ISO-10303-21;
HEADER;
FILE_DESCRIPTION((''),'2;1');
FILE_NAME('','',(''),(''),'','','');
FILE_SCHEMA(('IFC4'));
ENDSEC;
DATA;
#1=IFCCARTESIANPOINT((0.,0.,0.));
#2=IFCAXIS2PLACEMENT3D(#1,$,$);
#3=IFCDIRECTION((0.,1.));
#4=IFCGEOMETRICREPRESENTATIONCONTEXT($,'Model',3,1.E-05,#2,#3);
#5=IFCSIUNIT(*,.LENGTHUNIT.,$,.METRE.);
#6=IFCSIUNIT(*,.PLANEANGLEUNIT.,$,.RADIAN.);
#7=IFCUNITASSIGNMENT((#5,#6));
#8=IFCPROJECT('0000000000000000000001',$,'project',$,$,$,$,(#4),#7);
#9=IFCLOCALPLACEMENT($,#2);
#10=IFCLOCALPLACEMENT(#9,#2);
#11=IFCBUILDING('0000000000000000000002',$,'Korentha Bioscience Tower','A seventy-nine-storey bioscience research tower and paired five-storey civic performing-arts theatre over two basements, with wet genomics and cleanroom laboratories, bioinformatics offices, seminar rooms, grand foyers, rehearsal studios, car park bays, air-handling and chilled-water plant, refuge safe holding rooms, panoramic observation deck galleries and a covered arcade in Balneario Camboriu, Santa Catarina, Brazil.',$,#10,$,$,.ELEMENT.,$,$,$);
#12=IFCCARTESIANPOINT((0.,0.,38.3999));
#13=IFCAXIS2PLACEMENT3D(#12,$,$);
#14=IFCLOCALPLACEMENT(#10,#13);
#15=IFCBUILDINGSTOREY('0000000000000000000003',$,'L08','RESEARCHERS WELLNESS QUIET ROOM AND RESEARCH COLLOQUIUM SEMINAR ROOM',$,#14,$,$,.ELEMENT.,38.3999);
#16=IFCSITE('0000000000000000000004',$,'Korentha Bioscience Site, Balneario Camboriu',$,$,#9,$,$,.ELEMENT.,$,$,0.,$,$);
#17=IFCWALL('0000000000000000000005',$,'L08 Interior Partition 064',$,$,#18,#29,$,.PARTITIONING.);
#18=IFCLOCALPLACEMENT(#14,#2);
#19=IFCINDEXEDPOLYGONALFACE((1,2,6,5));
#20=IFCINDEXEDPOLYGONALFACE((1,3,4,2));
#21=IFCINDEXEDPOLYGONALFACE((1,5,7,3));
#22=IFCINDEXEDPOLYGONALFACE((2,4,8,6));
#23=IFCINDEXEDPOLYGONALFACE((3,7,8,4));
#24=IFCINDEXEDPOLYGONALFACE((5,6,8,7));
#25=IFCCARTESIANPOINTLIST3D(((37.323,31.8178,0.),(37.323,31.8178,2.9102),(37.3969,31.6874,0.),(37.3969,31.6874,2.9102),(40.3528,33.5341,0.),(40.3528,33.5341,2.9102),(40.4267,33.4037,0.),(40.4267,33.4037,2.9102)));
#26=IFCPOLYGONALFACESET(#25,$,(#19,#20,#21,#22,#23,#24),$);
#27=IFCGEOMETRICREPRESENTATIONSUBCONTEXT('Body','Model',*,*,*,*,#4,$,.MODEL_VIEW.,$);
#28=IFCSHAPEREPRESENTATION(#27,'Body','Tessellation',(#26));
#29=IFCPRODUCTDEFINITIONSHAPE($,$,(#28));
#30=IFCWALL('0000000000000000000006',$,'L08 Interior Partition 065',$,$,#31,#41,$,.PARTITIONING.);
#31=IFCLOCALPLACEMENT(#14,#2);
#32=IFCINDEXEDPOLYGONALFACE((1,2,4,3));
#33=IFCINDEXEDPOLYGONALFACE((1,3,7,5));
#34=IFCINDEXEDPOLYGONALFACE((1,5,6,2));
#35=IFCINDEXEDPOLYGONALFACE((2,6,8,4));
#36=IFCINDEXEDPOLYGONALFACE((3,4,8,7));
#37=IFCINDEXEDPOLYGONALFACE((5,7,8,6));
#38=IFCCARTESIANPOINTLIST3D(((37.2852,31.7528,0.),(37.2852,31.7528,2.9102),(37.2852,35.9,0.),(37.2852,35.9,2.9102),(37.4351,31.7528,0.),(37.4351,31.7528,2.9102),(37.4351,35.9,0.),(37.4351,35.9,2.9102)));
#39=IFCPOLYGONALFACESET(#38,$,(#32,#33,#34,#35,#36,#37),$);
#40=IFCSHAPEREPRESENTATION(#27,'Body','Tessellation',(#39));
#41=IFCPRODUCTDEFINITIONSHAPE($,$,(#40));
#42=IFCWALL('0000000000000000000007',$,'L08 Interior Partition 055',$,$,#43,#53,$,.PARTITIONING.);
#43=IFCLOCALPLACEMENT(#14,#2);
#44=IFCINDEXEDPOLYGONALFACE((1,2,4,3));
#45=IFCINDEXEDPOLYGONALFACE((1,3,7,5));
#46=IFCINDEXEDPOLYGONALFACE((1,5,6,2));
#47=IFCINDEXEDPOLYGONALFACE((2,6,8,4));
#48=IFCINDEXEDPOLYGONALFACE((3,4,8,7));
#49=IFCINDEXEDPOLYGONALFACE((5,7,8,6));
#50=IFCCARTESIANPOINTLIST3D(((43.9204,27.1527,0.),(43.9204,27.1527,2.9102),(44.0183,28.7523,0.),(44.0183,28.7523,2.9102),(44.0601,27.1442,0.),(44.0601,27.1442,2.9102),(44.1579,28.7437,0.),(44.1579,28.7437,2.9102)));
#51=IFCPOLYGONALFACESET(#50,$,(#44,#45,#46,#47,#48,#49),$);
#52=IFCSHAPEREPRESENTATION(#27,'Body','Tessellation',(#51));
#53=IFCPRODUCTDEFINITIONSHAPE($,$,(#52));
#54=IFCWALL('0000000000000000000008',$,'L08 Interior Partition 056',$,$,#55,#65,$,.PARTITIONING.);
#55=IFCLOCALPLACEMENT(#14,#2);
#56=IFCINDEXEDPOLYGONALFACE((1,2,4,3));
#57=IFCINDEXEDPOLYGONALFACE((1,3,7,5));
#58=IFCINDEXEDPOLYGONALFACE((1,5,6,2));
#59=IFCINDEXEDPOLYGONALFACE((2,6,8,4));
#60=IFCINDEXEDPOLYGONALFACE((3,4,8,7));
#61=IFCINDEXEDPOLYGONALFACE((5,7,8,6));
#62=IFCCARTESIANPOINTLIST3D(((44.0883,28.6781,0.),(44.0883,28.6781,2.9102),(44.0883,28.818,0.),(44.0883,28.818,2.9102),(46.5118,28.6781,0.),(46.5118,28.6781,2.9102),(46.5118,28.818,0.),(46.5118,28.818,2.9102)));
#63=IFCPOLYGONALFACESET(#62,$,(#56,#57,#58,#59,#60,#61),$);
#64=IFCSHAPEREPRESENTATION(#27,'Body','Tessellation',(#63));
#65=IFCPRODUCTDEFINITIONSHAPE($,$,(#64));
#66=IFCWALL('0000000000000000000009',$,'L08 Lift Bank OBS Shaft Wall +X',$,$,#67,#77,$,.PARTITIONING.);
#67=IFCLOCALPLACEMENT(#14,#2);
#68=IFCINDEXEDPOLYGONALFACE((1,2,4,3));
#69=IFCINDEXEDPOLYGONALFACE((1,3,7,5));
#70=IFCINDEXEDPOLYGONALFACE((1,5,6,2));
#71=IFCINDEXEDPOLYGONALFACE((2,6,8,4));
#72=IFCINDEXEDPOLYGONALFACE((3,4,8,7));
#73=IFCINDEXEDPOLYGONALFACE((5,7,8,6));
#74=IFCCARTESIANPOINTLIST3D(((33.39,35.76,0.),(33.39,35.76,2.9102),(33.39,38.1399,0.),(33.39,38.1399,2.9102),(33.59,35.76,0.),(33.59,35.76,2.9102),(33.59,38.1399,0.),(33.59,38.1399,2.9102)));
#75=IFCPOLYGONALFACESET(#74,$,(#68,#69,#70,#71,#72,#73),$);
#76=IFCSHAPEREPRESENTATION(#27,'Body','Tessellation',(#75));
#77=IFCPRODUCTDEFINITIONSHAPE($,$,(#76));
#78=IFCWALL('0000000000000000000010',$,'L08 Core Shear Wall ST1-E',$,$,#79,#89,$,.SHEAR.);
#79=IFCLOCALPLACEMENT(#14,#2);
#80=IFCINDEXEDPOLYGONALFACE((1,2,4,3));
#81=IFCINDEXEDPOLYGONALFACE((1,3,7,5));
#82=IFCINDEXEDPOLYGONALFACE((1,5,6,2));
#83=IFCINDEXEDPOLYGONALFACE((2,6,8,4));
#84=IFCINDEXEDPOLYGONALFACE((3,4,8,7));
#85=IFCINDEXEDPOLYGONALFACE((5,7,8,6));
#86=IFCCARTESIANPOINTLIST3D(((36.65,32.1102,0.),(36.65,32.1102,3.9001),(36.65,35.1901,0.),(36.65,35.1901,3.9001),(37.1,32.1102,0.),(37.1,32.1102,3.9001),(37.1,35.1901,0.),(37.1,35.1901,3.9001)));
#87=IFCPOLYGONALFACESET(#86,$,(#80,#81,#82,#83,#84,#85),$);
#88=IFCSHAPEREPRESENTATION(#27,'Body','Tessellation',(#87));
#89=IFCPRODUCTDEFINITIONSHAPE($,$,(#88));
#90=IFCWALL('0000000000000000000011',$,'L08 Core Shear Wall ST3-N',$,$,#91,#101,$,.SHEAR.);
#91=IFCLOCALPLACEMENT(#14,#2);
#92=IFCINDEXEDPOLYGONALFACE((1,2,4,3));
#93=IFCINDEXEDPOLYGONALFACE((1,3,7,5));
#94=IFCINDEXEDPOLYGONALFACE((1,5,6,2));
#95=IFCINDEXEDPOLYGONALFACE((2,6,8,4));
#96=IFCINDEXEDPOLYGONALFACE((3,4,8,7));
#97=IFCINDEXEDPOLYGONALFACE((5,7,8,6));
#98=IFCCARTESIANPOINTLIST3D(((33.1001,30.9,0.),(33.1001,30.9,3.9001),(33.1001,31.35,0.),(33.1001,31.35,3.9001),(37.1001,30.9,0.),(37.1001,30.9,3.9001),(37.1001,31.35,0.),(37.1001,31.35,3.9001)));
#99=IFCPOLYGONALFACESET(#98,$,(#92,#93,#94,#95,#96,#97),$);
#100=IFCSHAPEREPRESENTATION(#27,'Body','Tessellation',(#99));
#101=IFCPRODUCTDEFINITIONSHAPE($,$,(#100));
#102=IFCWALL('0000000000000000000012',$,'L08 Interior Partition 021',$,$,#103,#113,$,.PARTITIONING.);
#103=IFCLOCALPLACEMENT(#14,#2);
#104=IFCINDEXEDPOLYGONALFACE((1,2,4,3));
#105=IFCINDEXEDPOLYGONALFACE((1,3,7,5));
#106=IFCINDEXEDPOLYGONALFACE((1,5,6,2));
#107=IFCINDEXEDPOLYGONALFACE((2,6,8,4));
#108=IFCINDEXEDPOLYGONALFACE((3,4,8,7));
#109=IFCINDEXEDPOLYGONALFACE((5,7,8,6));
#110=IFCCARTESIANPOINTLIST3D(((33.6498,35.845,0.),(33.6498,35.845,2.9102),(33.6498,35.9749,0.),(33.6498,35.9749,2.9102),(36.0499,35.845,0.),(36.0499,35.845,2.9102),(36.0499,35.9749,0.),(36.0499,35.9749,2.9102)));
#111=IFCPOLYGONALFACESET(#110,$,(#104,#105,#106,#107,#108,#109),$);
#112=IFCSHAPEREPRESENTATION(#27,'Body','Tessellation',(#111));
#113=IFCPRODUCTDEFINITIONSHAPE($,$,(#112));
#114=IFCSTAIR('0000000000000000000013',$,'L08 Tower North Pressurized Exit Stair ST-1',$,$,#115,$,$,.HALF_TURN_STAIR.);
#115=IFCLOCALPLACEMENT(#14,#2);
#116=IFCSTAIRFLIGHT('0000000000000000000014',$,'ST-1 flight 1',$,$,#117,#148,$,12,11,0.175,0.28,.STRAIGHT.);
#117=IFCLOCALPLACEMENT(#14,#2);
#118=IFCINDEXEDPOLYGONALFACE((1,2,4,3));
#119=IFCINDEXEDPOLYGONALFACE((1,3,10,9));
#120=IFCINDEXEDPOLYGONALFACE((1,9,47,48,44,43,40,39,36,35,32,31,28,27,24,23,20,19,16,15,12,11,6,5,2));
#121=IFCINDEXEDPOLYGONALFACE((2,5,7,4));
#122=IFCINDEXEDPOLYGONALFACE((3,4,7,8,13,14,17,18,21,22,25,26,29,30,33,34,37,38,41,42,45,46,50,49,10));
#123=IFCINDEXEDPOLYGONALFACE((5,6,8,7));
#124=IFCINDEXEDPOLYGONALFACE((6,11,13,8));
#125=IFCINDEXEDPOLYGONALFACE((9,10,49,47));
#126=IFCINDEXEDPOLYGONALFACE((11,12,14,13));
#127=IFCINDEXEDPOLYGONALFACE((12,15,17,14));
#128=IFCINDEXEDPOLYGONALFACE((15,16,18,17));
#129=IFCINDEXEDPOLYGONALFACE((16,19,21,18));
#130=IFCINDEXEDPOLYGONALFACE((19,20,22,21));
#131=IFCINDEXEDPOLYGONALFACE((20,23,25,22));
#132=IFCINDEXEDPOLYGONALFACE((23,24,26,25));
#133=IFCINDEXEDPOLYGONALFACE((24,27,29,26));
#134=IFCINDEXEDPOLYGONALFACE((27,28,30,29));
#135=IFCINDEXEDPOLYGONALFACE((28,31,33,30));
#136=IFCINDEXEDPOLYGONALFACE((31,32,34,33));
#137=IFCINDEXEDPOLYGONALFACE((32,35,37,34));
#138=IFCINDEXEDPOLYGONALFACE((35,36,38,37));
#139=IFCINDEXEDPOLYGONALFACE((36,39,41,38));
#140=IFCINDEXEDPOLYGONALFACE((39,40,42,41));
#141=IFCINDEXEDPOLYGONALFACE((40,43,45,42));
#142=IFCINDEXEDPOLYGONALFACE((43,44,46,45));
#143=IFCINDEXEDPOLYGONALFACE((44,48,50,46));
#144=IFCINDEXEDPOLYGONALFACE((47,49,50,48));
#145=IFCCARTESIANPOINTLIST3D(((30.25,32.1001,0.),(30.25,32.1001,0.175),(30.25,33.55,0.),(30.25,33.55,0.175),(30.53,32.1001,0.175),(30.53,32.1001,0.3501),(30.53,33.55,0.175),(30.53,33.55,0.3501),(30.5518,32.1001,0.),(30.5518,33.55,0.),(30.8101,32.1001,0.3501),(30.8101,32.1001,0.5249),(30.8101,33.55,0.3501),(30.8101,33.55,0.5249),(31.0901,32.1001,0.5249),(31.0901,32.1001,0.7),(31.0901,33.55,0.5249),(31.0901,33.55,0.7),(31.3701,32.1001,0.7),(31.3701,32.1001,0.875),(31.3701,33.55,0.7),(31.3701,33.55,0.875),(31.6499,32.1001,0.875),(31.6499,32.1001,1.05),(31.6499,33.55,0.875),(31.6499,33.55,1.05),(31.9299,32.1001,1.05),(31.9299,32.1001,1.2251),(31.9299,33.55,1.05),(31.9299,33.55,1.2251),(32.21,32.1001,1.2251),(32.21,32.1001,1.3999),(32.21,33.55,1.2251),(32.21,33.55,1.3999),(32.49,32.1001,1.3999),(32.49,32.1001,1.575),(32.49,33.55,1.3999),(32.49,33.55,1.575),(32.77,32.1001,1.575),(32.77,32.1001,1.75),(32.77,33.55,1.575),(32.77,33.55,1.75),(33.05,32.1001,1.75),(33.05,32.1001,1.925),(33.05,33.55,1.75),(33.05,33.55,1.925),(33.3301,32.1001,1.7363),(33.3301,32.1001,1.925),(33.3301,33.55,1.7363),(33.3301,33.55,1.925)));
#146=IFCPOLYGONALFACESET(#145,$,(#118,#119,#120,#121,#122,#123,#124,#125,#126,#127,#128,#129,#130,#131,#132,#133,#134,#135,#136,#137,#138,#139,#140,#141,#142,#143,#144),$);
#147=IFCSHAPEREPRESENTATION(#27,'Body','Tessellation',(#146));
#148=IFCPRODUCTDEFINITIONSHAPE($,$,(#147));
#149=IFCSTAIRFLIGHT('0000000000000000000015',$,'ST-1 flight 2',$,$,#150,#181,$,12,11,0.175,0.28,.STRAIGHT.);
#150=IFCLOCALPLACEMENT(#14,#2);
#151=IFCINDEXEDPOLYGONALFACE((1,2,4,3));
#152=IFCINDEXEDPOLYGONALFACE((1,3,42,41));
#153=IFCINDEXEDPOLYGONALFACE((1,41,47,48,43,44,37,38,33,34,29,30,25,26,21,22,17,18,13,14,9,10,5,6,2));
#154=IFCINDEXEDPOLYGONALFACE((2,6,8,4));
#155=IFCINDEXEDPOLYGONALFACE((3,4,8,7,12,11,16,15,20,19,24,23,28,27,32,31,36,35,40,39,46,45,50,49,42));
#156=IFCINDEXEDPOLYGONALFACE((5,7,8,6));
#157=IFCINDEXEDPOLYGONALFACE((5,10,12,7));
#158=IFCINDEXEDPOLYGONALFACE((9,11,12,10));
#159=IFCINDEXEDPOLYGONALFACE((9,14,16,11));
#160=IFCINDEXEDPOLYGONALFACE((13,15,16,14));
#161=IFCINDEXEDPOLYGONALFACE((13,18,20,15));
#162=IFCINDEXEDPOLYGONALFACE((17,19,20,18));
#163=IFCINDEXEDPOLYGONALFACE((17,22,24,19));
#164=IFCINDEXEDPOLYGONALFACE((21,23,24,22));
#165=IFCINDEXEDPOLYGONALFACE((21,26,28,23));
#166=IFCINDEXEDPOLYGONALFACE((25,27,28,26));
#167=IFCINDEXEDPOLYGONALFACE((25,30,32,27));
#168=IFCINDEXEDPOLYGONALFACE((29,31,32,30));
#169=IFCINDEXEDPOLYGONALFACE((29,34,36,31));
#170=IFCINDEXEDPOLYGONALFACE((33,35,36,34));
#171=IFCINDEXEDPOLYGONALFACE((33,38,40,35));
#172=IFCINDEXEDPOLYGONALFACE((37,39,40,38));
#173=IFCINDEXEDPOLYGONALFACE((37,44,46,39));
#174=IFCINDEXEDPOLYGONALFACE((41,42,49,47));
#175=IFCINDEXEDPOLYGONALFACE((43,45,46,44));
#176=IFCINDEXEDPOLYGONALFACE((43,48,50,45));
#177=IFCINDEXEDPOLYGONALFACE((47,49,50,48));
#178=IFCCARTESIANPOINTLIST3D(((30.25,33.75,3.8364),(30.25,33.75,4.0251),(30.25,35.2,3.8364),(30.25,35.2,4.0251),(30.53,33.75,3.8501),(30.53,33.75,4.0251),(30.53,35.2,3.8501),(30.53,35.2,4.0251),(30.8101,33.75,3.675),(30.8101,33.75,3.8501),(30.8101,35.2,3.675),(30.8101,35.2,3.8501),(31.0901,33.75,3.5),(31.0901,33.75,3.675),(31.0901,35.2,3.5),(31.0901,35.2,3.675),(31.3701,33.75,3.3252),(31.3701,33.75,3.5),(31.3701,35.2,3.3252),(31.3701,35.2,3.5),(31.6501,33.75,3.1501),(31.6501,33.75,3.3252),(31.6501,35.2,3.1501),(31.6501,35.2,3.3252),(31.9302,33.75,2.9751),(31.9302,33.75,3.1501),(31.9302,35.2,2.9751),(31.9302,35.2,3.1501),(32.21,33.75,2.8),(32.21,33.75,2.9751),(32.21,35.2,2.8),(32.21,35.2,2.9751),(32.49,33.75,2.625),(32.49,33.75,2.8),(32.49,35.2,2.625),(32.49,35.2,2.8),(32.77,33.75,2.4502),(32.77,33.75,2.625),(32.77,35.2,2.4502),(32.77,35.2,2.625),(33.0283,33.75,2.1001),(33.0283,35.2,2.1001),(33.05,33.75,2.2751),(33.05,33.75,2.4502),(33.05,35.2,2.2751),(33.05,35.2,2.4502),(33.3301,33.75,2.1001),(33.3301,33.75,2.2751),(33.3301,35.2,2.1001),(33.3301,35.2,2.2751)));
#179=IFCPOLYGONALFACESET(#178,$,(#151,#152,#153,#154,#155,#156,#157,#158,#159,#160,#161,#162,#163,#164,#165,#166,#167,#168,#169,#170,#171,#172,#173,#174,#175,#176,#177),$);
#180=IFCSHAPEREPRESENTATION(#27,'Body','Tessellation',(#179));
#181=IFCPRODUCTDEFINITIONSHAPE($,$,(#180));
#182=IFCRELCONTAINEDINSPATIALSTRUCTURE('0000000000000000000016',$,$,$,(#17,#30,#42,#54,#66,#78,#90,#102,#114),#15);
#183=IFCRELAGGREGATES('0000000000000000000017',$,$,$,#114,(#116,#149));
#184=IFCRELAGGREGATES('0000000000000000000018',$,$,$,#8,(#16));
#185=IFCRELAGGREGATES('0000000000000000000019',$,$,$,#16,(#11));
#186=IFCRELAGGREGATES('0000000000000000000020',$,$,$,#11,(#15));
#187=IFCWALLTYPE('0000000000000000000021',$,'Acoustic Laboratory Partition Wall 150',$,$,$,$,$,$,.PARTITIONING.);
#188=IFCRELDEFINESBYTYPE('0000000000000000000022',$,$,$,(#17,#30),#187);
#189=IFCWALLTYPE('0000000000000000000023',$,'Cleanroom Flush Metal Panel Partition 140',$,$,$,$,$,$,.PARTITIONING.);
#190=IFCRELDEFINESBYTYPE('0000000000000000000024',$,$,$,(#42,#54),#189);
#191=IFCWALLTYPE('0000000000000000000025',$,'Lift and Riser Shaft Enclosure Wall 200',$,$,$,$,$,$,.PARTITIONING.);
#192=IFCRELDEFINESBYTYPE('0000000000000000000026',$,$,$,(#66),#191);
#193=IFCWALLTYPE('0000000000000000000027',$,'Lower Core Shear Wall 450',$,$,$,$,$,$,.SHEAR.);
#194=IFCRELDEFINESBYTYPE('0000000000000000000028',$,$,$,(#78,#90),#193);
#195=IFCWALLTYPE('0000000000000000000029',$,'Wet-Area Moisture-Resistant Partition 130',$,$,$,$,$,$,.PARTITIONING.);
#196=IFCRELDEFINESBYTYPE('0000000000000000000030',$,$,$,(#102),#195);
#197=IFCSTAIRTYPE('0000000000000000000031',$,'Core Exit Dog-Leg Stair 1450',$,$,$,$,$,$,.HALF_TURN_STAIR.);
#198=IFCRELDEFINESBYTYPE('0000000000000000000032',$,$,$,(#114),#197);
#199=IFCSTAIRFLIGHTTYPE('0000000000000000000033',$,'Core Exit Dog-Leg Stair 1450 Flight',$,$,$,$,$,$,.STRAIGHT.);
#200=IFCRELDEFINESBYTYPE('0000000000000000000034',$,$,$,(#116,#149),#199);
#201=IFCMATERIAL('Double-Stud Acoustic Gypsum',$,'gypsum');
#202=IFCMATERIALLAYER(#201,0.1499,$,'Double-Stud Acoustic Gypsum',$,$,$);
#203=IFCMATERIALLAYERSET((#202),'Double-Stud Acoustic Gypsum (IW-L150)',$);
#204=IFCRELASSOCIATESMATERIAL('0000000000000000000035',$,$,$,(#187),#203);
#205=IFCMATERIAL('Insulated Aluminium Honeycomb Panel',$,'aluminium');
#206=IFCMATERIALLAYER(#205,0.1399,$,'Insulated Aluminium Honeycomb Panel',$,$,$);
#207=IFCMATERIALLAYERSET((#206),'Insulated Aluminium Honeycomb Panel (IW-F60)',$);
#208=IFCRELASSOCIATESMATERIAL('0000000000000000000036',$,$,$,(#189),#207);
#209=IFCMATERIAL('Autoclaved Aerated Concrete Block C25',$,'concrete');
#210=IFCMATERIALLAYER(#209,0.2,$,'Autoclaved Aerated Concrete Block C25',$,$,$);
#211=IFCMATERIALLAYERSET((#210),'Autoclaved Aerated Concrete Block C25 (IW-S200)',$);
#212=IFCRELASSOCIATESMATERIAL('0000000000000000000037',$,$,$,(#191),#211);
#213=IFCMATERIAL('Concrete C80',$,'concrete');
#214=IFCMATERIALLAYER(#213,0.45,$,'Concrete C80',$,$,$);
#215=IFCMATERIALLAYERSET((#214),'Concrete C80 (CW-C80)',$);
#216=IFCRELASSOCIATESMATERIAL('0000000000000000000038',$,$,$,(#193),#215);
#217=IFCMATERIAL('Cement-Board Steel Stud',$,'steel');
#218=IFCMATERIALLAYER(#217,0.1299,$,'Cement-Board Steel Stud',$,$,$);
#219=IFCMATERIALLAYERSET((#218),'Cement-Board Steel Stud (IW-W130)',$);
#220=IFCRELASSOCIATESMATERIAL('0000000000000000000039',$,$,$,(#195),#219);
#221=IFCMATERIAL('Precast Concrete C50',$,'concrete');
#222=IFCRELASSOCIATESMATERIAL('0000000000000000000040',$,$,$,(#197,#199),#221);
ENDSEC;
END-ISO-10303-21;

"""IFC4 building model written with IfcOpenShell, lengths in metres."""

from ifc_helpers import new_model, si_unit, direction, frame, frame_2d, origin, place, context, subcontext, project, spatial, polyline, rectangle, outline, extrude, material, layer, layer_set, type_object, element, aggregate, save


model = new_model("IFC4")

# Units and contexts
model_context = context("Model", 3, precision=1e-05, world=origin(), true_north=direction((0.0, 1.0)))
body_context = subcontext(model_context, "Body", "Model", "MODEL_VIEW")
ifc_project = project(units=[si_unit("LENGTHUNIT", "METRE"), si_unit("PLANEANGLEUNIT", "RADIAN")], contexts=[model_context])

# Site, building, storey
site_placement = place(None, origin())
site = spatial("IfcSite", under=ifc_project, at=site_placement, Name="Korentha Bioscience Site, Balneario Camboriu", CompositionType="ELEMENT", RefElevation=0.0)
building_placement = place(site_placement, origin())
building = spatial("IfcBuilding", under=site, at=building_placement, Name="Korentha Bioscience Tower", Description="A seventy-nine-storey bioscience research tower and paired five-storey civic performing-arts theatre over two basements, with wet genomics and cleanroom laboratories, bioinformatics offices, seminar rooms, grand foyers, rehearsal studios, car park bays, air-handling and chilled-water plant, refuge safe holding rooms, panoramic observation deck galleries and a covered arcade in Balneario Camboriu, Santa Catarina, Brazil.", CompositionType="ELEMENT")
storey_placement = place(building_placement, frame((0.0, 0.0, 38.3999)))
storey = spatial("IfcBuildingStorey", under=building, at=storey_placement, Name="L08", Description="RESEARCHERS WELLNESS QUIET ROOM AND RESEARCH COLLOQUIUM SEMINAR ROOM", CompositionType="ELEMENT", Elevation=38.3999)

# Walls
ifc_material_1 = material(Name="Double-Stud Acoustic Gypsum", Category="gypsum")
ifc_layer_1 = layer(ifc_material_1, 0.1499, Name="Double-Stud Acoustic Gypsum")
ifc_layer_set_1 = layer_set([ifc_layer_1], Name="Double-Stud Acoustic Gypsum (IW-L150)")
wall_type_1 = type_object("IfcWallType", Name="Acoustic Laboratory Partition Wall 150", PredefinedType="PARTITIONING", material=ifc_layer_set_1)
wall_1_placement = place(storey_placement, frame((40.3899, 33.469, 0.0), z_axis=(0.0, 0.0, 1.0), x_axis=(-0.870092, -0.492889, 0.0)))
element("IfcWall", 1, at=wall_1_placement, inside=storey, type_object=wall_type_1, Name="L08 Interior Partition 064", PredefinedType="PARTITIONING", context=body_context, shape_type="SweptSolid", body=[
    extrude(rectangle(XDim=3.4822, YDim=0.1499, at=frame_2d((1.7412, 0.0))), origin(), (0.0, 0.0, 1.0), 2.9102),
])
wall_2_placement = place(storey_placement, frame((37.3601, 31.7527, 0.0), z_axis=(0.0, 0.0, 1.0), x_axis=(0.0, 1.0, 0.0)))
element("IfcWall", 2, at=wall_2_placement, inside=storey, type_object=wall_type_1, Name="L08 Interior Partition 065", PredefinedType="PARTITIONING", context=body_context, shape_type="SweptSolid", body=[
    extrude(rectangle(XDim=4.1472, YDim=0.1499, at=frame_2d((2.0737, 0.0))), origin(), (0.0, 0.0, 1.0), 2.9102),
])
ifc_material_2 = material(Name="Insulated Aluminium Honeycomb Panel", Category="aluminium")
ifc_layer_2 = layer(ifc_material_2, 0.1399, Name="Insulated Aluminium Honeycomb Panel")
ifc_layer_set_2 = layer_set([ifc_layer_2], Name="Insulated Aluminium Honeycomb Panel (IW-F60)")
wall_type_2 = type_object("IfcWallType", Name="Cleanroom Flush Metal Panel Partition 140", PredefinedType="PARTITIONING", material=ifc_layer_set_2)
wall_3_placement = place(storey_placement, frame((43.9902, 27.1484, 0.0), z_axis=(0.0, 0.0, 1.0), x_axis=(0.061088, 0.998132, 0.0)))
element("IfcWall", 3, at=wall_3_placement, inside=storey, type_object=wall_type_2, Name="L08 Interior Partition 055", PredefinedType="PARTITIONING", context=body_context, shape_type="SweptSolid", body=[
    extrude(rectangle(XDim=1.6025, YDim=0.1399, at=frame_2d((0.8013, 0.0))), origin(), (0.0, 0.0, 1.0), 2.9102),
])
wall_4_placement = place(storey_placement, frame((44.0881, 28.748, 0.0), z_axis=(0.0, 0.0, 1.0), x_axis=(1.0, 0.0, 0.0)))
element("IfcWall", 4, at=wall_4_placement, inside=storey, type_object=wall_type_2, Name="L08 Interior Partition 056", PredefinedType="PARTITIONING", context=body_context, shape_type="SweptSolid", body=[
    extrude(rectangle(XDim=2.4236, YDim=0.1399, at=frame_2d((1.2119, 0.0))), origin(), (0.0, 0.0, 1.0), 2.9102),
])
ifc_material_3 = material(Name="Autoclaved Aerated Concrete Block C25", Category="concrete")
ifc_layer_3 = layer(ifc_material_3, 0.2, Name="Autoclaved Aerated Concrete Block C25")
ifc_layer_set_3 = layer_set([ifc_layer_3], Name="Autoclaved Aerated Concrete Block C25 (IW-S200)")
wall_type_3 = type_object("IfcWallType", Name="Lift and Riser Shaft Enclosure Wall 200", PredefinedType="PARTITIONING", material=ifc_layer_set_3)
wall_5_placement = place(storey_placement, frame((33.49, 35.76, 0.0), z_axis=(0.0, 0.0, 1.0), x_axis=(0.0, 1.0, 0.0)))
element("IfcWall", 5, at=wall_5_placement, inside=storey, type_object=wall_type_3, Name="L08 Lift Bank OBS Shaft Wall +X", PredefinedType="PARTITIONING", context=body_context, shape_type="SweptSolid", body=[
    extrude(rectangle(XDim=2.3799, YDim=0.2, at=frame_2d((1.1899, 0.0))), origin(), (0.0, 0.0, 1.0), 2.9102),
])
ifc_material_4 = material(Name="Concrete C80", Category="concrete")
ifc_layer_4 = layer(ifc_material_4, 0.45, Name="Concrete C80")
ifc_layer_set_4 = layer_set([ifc_layer_4], Name="Concrete C80 (CW-C80)")
wall_type_4 = type_object("IfcWallType", Name="Lower Core Shear Wall 450", PredefinedType="SHEAR", material=ifc_layer_set_4)
wall_6_placement = place(storey_placement, frame((36.875, 32.1101, 0.0), z_axis=(0.0, 0.0, 1.0), x_axis=(0.0, 1.0, 0.0)))
element("IfcWall", 6, at=wall_6_placement, inside=storey, type_object=wall_type_4, Name="L08 Core Shear Wall ST1-E", PredefinedType="SHEAR", context=body_context, shape_type="SweptSolid", body=[
    extrude(rectangle(XDim=3.0798, YDim=0.45, at=frame_2d((1.54, 0.0))), origin(), (0.0, 0.0, 1.0), 3.9001),
])
wall_7_placement = place(storey_placement, frame((33.1001, 31.125, 0.0), z_axis=(0.0, 0.0, 1.0), x_axis=(1.0, 0.0, 0.0)))
element("IfcWall", 7, at=wall_7_placement, inside=storey, type_object=wall_type_4, Name="L08 Core Shear Wall ST3-N", PredefinedType="SHEAR", context=body_context, shape_type="SweptSolid", body=[
    extrude(rectangle(XDim=4.0, YDim=0.45, at=frame_2d((2.0, 0.0))), origin(), (0.0, 0.0, 1.0), 3.9001),
])
ifc_material_5 = material(Name="Cement-Board Steel Stud", Category="steel")
ifc_layer_5 = layer(ifc_material_5, 0.1299, Name="Cement-Board Steel Stud")
ifc_layer_set_5 = layer_set([ifc_layer_5], Name="Cement-Board Steel Stud (IW-W130)")
wall_type_5 = type_object("IfcWallType", Name="Wet-Area Moisture-Resistant Partition 130", PredefinedType="PARTITIONING", material=ifc_layer_set_5)
wall_8_placement = place(storey_placement, frame((36.05, 35.9099, 0.0), z_axis=(0.0, 0.0, 1.0), x_axis=(-1.0, 0.0, 0.0)))
element("IfcWall", 8, at=wall_8_placement, inside=storey, type_object=wall_type_5, Name="L08 Interior Partition 021", PredefinedType="PARTITIONING", context=body_context, shape_type="SweptSolid", body=[
    extrude(rectangle(XDim=2.4001, YDim=0.1299, at=frame_2d((1.2002, 0.0))), origin(), (0.0, 0.0, 1.0), 2.9102),
])

# Stair, stair flights
ifc_material_6 = material(Name="Precast Concrete C50", Category="concrete")
stair_type = type_object("IfcStairType", Name="Core Exit Dog-Leg Stair 1450", PredefinedType="HALF_TURN_STAIR", material=ifc_material_6)
stair_1_placement = place(storey_placement, origin())
stair_1 = element("IfcStair", 9, at=stair_1_placement, inside=storey, type_object=stair_type, Name="L08 Tower North Pressurized Exit Stair ST-1", PredefinedType="HALF_TURN_STAIR")
stair_flight_type = type_object("IfcStairFlightType", Name="Core Exit Dog-Leg Stair 1450 Flight", PredefinedType="STRAIGHT", material=ifc_material_6)
stair_flight_1_placement = place(storey_placement, frame((30.25, 32.825, 0.0), z_axis=(0.0, 0.0, 1.0), x_axis=(1.0, 0.0, 0.0)))
stair_flight_1 = element("IfcStairFlight", 10, at=stair_flight_1_placement, type_object=stair_flight_type, Name="ST-1 flight 1", NumberOfRisers=12, NumberOfTreads=11, PredefinedType="STRAIGHT", RiserHeight=0.175, TreadLength=0.28, context=body_context, shape_type="SweptSolid", body=[
    extrude(outline(polyline([(0.0, 0.0), (0.0, 0.175), (0.28, 0.175), (0.28, 0.3501), (0.5601, 0.3501), (0.5601, 0.5249), (0.8401, 0.5249), (0.8401, 0.7), (1.1201, 0.7), (1.1201, 0.875), (1.3999, 0.875), (1.3999, 1.05), (1.6799, 1.05), (1.6799, 1.2251), (1.96, 1.2251), (1.96, 1.3999), (2.24, 1.3999), (2.24, 1.575), (2.52, 1.575), (2.52, 1.75), (2.8, 1.75), (2.8, 1.925), (3.0801, 1.925), (3.0801, 2.1001), (3.0801, 1.7363), (0.3018, 0.0), (0.0, 0.0)])), frame((0.0, 0.7251, 0.0), z_axis=(0.0, -1.0, 0.0), x_axis=(1.0, 0.0, 0.0)), (0.0, 0.0, 1.0), 1.45),
])
stair_flight_2_placement = place(storey_placement, frame((33.3301, 34.4751, 2.1001), z_axis=(0.0, 0.0, 1.0), x_axis=(-1.0, 0.0, 0.0)))
stair_flight_2 = element("IfcStairFlight", 11, at=stair_flight_2_placement, type_object=stair_flight_type, Name="ST-1 flight 2", NumberOfRisers=12, NumberOfTreads=11, PredefinedType="STRAIGHT", RiserHeight=0.175, TreadLength=0.28, context=body_context, shape_type="SweptSolid", body=[
    extrude(outline(polyline([(0.0, 0.0), (0.0, 0.175), (0.28, 0.175), (0.28, 0.3501), (0.5601, 0.3501), (0.5601, 0.5249), (0.8401, 0.5249), (0.8401, 0.7), (1.1201, 0.7), (1.1201, 0.875), (1.3999, 0.875), (1.3999, 1.05), (1.6799, 1.05), (1.6799, 1.2251), (1.96, 1.2251), (1.96, 1.3999), (2.24, 1.3999), (2.24, 1.575), (2.52, 1.575), (2.52, 1.75), (2.8, 1.75), (2.8, 1.925), (3.0801, 1.925), (3.0801, 2.1001), (3.0801, 1.7363), (0.3018, 0.0), (0.0, 0.0)])), frame((0.0, 0.7251, 0.0), z_axis=(0.0, -1.0, 0.0), x_axis=(1.0, 0.0, 0.0)), (0.0, 0.0, 1.0), 1.45),
])
aggregate(stair_1, [stair_flight_1, stair_flight_2])

save(model, "model.ifc")
